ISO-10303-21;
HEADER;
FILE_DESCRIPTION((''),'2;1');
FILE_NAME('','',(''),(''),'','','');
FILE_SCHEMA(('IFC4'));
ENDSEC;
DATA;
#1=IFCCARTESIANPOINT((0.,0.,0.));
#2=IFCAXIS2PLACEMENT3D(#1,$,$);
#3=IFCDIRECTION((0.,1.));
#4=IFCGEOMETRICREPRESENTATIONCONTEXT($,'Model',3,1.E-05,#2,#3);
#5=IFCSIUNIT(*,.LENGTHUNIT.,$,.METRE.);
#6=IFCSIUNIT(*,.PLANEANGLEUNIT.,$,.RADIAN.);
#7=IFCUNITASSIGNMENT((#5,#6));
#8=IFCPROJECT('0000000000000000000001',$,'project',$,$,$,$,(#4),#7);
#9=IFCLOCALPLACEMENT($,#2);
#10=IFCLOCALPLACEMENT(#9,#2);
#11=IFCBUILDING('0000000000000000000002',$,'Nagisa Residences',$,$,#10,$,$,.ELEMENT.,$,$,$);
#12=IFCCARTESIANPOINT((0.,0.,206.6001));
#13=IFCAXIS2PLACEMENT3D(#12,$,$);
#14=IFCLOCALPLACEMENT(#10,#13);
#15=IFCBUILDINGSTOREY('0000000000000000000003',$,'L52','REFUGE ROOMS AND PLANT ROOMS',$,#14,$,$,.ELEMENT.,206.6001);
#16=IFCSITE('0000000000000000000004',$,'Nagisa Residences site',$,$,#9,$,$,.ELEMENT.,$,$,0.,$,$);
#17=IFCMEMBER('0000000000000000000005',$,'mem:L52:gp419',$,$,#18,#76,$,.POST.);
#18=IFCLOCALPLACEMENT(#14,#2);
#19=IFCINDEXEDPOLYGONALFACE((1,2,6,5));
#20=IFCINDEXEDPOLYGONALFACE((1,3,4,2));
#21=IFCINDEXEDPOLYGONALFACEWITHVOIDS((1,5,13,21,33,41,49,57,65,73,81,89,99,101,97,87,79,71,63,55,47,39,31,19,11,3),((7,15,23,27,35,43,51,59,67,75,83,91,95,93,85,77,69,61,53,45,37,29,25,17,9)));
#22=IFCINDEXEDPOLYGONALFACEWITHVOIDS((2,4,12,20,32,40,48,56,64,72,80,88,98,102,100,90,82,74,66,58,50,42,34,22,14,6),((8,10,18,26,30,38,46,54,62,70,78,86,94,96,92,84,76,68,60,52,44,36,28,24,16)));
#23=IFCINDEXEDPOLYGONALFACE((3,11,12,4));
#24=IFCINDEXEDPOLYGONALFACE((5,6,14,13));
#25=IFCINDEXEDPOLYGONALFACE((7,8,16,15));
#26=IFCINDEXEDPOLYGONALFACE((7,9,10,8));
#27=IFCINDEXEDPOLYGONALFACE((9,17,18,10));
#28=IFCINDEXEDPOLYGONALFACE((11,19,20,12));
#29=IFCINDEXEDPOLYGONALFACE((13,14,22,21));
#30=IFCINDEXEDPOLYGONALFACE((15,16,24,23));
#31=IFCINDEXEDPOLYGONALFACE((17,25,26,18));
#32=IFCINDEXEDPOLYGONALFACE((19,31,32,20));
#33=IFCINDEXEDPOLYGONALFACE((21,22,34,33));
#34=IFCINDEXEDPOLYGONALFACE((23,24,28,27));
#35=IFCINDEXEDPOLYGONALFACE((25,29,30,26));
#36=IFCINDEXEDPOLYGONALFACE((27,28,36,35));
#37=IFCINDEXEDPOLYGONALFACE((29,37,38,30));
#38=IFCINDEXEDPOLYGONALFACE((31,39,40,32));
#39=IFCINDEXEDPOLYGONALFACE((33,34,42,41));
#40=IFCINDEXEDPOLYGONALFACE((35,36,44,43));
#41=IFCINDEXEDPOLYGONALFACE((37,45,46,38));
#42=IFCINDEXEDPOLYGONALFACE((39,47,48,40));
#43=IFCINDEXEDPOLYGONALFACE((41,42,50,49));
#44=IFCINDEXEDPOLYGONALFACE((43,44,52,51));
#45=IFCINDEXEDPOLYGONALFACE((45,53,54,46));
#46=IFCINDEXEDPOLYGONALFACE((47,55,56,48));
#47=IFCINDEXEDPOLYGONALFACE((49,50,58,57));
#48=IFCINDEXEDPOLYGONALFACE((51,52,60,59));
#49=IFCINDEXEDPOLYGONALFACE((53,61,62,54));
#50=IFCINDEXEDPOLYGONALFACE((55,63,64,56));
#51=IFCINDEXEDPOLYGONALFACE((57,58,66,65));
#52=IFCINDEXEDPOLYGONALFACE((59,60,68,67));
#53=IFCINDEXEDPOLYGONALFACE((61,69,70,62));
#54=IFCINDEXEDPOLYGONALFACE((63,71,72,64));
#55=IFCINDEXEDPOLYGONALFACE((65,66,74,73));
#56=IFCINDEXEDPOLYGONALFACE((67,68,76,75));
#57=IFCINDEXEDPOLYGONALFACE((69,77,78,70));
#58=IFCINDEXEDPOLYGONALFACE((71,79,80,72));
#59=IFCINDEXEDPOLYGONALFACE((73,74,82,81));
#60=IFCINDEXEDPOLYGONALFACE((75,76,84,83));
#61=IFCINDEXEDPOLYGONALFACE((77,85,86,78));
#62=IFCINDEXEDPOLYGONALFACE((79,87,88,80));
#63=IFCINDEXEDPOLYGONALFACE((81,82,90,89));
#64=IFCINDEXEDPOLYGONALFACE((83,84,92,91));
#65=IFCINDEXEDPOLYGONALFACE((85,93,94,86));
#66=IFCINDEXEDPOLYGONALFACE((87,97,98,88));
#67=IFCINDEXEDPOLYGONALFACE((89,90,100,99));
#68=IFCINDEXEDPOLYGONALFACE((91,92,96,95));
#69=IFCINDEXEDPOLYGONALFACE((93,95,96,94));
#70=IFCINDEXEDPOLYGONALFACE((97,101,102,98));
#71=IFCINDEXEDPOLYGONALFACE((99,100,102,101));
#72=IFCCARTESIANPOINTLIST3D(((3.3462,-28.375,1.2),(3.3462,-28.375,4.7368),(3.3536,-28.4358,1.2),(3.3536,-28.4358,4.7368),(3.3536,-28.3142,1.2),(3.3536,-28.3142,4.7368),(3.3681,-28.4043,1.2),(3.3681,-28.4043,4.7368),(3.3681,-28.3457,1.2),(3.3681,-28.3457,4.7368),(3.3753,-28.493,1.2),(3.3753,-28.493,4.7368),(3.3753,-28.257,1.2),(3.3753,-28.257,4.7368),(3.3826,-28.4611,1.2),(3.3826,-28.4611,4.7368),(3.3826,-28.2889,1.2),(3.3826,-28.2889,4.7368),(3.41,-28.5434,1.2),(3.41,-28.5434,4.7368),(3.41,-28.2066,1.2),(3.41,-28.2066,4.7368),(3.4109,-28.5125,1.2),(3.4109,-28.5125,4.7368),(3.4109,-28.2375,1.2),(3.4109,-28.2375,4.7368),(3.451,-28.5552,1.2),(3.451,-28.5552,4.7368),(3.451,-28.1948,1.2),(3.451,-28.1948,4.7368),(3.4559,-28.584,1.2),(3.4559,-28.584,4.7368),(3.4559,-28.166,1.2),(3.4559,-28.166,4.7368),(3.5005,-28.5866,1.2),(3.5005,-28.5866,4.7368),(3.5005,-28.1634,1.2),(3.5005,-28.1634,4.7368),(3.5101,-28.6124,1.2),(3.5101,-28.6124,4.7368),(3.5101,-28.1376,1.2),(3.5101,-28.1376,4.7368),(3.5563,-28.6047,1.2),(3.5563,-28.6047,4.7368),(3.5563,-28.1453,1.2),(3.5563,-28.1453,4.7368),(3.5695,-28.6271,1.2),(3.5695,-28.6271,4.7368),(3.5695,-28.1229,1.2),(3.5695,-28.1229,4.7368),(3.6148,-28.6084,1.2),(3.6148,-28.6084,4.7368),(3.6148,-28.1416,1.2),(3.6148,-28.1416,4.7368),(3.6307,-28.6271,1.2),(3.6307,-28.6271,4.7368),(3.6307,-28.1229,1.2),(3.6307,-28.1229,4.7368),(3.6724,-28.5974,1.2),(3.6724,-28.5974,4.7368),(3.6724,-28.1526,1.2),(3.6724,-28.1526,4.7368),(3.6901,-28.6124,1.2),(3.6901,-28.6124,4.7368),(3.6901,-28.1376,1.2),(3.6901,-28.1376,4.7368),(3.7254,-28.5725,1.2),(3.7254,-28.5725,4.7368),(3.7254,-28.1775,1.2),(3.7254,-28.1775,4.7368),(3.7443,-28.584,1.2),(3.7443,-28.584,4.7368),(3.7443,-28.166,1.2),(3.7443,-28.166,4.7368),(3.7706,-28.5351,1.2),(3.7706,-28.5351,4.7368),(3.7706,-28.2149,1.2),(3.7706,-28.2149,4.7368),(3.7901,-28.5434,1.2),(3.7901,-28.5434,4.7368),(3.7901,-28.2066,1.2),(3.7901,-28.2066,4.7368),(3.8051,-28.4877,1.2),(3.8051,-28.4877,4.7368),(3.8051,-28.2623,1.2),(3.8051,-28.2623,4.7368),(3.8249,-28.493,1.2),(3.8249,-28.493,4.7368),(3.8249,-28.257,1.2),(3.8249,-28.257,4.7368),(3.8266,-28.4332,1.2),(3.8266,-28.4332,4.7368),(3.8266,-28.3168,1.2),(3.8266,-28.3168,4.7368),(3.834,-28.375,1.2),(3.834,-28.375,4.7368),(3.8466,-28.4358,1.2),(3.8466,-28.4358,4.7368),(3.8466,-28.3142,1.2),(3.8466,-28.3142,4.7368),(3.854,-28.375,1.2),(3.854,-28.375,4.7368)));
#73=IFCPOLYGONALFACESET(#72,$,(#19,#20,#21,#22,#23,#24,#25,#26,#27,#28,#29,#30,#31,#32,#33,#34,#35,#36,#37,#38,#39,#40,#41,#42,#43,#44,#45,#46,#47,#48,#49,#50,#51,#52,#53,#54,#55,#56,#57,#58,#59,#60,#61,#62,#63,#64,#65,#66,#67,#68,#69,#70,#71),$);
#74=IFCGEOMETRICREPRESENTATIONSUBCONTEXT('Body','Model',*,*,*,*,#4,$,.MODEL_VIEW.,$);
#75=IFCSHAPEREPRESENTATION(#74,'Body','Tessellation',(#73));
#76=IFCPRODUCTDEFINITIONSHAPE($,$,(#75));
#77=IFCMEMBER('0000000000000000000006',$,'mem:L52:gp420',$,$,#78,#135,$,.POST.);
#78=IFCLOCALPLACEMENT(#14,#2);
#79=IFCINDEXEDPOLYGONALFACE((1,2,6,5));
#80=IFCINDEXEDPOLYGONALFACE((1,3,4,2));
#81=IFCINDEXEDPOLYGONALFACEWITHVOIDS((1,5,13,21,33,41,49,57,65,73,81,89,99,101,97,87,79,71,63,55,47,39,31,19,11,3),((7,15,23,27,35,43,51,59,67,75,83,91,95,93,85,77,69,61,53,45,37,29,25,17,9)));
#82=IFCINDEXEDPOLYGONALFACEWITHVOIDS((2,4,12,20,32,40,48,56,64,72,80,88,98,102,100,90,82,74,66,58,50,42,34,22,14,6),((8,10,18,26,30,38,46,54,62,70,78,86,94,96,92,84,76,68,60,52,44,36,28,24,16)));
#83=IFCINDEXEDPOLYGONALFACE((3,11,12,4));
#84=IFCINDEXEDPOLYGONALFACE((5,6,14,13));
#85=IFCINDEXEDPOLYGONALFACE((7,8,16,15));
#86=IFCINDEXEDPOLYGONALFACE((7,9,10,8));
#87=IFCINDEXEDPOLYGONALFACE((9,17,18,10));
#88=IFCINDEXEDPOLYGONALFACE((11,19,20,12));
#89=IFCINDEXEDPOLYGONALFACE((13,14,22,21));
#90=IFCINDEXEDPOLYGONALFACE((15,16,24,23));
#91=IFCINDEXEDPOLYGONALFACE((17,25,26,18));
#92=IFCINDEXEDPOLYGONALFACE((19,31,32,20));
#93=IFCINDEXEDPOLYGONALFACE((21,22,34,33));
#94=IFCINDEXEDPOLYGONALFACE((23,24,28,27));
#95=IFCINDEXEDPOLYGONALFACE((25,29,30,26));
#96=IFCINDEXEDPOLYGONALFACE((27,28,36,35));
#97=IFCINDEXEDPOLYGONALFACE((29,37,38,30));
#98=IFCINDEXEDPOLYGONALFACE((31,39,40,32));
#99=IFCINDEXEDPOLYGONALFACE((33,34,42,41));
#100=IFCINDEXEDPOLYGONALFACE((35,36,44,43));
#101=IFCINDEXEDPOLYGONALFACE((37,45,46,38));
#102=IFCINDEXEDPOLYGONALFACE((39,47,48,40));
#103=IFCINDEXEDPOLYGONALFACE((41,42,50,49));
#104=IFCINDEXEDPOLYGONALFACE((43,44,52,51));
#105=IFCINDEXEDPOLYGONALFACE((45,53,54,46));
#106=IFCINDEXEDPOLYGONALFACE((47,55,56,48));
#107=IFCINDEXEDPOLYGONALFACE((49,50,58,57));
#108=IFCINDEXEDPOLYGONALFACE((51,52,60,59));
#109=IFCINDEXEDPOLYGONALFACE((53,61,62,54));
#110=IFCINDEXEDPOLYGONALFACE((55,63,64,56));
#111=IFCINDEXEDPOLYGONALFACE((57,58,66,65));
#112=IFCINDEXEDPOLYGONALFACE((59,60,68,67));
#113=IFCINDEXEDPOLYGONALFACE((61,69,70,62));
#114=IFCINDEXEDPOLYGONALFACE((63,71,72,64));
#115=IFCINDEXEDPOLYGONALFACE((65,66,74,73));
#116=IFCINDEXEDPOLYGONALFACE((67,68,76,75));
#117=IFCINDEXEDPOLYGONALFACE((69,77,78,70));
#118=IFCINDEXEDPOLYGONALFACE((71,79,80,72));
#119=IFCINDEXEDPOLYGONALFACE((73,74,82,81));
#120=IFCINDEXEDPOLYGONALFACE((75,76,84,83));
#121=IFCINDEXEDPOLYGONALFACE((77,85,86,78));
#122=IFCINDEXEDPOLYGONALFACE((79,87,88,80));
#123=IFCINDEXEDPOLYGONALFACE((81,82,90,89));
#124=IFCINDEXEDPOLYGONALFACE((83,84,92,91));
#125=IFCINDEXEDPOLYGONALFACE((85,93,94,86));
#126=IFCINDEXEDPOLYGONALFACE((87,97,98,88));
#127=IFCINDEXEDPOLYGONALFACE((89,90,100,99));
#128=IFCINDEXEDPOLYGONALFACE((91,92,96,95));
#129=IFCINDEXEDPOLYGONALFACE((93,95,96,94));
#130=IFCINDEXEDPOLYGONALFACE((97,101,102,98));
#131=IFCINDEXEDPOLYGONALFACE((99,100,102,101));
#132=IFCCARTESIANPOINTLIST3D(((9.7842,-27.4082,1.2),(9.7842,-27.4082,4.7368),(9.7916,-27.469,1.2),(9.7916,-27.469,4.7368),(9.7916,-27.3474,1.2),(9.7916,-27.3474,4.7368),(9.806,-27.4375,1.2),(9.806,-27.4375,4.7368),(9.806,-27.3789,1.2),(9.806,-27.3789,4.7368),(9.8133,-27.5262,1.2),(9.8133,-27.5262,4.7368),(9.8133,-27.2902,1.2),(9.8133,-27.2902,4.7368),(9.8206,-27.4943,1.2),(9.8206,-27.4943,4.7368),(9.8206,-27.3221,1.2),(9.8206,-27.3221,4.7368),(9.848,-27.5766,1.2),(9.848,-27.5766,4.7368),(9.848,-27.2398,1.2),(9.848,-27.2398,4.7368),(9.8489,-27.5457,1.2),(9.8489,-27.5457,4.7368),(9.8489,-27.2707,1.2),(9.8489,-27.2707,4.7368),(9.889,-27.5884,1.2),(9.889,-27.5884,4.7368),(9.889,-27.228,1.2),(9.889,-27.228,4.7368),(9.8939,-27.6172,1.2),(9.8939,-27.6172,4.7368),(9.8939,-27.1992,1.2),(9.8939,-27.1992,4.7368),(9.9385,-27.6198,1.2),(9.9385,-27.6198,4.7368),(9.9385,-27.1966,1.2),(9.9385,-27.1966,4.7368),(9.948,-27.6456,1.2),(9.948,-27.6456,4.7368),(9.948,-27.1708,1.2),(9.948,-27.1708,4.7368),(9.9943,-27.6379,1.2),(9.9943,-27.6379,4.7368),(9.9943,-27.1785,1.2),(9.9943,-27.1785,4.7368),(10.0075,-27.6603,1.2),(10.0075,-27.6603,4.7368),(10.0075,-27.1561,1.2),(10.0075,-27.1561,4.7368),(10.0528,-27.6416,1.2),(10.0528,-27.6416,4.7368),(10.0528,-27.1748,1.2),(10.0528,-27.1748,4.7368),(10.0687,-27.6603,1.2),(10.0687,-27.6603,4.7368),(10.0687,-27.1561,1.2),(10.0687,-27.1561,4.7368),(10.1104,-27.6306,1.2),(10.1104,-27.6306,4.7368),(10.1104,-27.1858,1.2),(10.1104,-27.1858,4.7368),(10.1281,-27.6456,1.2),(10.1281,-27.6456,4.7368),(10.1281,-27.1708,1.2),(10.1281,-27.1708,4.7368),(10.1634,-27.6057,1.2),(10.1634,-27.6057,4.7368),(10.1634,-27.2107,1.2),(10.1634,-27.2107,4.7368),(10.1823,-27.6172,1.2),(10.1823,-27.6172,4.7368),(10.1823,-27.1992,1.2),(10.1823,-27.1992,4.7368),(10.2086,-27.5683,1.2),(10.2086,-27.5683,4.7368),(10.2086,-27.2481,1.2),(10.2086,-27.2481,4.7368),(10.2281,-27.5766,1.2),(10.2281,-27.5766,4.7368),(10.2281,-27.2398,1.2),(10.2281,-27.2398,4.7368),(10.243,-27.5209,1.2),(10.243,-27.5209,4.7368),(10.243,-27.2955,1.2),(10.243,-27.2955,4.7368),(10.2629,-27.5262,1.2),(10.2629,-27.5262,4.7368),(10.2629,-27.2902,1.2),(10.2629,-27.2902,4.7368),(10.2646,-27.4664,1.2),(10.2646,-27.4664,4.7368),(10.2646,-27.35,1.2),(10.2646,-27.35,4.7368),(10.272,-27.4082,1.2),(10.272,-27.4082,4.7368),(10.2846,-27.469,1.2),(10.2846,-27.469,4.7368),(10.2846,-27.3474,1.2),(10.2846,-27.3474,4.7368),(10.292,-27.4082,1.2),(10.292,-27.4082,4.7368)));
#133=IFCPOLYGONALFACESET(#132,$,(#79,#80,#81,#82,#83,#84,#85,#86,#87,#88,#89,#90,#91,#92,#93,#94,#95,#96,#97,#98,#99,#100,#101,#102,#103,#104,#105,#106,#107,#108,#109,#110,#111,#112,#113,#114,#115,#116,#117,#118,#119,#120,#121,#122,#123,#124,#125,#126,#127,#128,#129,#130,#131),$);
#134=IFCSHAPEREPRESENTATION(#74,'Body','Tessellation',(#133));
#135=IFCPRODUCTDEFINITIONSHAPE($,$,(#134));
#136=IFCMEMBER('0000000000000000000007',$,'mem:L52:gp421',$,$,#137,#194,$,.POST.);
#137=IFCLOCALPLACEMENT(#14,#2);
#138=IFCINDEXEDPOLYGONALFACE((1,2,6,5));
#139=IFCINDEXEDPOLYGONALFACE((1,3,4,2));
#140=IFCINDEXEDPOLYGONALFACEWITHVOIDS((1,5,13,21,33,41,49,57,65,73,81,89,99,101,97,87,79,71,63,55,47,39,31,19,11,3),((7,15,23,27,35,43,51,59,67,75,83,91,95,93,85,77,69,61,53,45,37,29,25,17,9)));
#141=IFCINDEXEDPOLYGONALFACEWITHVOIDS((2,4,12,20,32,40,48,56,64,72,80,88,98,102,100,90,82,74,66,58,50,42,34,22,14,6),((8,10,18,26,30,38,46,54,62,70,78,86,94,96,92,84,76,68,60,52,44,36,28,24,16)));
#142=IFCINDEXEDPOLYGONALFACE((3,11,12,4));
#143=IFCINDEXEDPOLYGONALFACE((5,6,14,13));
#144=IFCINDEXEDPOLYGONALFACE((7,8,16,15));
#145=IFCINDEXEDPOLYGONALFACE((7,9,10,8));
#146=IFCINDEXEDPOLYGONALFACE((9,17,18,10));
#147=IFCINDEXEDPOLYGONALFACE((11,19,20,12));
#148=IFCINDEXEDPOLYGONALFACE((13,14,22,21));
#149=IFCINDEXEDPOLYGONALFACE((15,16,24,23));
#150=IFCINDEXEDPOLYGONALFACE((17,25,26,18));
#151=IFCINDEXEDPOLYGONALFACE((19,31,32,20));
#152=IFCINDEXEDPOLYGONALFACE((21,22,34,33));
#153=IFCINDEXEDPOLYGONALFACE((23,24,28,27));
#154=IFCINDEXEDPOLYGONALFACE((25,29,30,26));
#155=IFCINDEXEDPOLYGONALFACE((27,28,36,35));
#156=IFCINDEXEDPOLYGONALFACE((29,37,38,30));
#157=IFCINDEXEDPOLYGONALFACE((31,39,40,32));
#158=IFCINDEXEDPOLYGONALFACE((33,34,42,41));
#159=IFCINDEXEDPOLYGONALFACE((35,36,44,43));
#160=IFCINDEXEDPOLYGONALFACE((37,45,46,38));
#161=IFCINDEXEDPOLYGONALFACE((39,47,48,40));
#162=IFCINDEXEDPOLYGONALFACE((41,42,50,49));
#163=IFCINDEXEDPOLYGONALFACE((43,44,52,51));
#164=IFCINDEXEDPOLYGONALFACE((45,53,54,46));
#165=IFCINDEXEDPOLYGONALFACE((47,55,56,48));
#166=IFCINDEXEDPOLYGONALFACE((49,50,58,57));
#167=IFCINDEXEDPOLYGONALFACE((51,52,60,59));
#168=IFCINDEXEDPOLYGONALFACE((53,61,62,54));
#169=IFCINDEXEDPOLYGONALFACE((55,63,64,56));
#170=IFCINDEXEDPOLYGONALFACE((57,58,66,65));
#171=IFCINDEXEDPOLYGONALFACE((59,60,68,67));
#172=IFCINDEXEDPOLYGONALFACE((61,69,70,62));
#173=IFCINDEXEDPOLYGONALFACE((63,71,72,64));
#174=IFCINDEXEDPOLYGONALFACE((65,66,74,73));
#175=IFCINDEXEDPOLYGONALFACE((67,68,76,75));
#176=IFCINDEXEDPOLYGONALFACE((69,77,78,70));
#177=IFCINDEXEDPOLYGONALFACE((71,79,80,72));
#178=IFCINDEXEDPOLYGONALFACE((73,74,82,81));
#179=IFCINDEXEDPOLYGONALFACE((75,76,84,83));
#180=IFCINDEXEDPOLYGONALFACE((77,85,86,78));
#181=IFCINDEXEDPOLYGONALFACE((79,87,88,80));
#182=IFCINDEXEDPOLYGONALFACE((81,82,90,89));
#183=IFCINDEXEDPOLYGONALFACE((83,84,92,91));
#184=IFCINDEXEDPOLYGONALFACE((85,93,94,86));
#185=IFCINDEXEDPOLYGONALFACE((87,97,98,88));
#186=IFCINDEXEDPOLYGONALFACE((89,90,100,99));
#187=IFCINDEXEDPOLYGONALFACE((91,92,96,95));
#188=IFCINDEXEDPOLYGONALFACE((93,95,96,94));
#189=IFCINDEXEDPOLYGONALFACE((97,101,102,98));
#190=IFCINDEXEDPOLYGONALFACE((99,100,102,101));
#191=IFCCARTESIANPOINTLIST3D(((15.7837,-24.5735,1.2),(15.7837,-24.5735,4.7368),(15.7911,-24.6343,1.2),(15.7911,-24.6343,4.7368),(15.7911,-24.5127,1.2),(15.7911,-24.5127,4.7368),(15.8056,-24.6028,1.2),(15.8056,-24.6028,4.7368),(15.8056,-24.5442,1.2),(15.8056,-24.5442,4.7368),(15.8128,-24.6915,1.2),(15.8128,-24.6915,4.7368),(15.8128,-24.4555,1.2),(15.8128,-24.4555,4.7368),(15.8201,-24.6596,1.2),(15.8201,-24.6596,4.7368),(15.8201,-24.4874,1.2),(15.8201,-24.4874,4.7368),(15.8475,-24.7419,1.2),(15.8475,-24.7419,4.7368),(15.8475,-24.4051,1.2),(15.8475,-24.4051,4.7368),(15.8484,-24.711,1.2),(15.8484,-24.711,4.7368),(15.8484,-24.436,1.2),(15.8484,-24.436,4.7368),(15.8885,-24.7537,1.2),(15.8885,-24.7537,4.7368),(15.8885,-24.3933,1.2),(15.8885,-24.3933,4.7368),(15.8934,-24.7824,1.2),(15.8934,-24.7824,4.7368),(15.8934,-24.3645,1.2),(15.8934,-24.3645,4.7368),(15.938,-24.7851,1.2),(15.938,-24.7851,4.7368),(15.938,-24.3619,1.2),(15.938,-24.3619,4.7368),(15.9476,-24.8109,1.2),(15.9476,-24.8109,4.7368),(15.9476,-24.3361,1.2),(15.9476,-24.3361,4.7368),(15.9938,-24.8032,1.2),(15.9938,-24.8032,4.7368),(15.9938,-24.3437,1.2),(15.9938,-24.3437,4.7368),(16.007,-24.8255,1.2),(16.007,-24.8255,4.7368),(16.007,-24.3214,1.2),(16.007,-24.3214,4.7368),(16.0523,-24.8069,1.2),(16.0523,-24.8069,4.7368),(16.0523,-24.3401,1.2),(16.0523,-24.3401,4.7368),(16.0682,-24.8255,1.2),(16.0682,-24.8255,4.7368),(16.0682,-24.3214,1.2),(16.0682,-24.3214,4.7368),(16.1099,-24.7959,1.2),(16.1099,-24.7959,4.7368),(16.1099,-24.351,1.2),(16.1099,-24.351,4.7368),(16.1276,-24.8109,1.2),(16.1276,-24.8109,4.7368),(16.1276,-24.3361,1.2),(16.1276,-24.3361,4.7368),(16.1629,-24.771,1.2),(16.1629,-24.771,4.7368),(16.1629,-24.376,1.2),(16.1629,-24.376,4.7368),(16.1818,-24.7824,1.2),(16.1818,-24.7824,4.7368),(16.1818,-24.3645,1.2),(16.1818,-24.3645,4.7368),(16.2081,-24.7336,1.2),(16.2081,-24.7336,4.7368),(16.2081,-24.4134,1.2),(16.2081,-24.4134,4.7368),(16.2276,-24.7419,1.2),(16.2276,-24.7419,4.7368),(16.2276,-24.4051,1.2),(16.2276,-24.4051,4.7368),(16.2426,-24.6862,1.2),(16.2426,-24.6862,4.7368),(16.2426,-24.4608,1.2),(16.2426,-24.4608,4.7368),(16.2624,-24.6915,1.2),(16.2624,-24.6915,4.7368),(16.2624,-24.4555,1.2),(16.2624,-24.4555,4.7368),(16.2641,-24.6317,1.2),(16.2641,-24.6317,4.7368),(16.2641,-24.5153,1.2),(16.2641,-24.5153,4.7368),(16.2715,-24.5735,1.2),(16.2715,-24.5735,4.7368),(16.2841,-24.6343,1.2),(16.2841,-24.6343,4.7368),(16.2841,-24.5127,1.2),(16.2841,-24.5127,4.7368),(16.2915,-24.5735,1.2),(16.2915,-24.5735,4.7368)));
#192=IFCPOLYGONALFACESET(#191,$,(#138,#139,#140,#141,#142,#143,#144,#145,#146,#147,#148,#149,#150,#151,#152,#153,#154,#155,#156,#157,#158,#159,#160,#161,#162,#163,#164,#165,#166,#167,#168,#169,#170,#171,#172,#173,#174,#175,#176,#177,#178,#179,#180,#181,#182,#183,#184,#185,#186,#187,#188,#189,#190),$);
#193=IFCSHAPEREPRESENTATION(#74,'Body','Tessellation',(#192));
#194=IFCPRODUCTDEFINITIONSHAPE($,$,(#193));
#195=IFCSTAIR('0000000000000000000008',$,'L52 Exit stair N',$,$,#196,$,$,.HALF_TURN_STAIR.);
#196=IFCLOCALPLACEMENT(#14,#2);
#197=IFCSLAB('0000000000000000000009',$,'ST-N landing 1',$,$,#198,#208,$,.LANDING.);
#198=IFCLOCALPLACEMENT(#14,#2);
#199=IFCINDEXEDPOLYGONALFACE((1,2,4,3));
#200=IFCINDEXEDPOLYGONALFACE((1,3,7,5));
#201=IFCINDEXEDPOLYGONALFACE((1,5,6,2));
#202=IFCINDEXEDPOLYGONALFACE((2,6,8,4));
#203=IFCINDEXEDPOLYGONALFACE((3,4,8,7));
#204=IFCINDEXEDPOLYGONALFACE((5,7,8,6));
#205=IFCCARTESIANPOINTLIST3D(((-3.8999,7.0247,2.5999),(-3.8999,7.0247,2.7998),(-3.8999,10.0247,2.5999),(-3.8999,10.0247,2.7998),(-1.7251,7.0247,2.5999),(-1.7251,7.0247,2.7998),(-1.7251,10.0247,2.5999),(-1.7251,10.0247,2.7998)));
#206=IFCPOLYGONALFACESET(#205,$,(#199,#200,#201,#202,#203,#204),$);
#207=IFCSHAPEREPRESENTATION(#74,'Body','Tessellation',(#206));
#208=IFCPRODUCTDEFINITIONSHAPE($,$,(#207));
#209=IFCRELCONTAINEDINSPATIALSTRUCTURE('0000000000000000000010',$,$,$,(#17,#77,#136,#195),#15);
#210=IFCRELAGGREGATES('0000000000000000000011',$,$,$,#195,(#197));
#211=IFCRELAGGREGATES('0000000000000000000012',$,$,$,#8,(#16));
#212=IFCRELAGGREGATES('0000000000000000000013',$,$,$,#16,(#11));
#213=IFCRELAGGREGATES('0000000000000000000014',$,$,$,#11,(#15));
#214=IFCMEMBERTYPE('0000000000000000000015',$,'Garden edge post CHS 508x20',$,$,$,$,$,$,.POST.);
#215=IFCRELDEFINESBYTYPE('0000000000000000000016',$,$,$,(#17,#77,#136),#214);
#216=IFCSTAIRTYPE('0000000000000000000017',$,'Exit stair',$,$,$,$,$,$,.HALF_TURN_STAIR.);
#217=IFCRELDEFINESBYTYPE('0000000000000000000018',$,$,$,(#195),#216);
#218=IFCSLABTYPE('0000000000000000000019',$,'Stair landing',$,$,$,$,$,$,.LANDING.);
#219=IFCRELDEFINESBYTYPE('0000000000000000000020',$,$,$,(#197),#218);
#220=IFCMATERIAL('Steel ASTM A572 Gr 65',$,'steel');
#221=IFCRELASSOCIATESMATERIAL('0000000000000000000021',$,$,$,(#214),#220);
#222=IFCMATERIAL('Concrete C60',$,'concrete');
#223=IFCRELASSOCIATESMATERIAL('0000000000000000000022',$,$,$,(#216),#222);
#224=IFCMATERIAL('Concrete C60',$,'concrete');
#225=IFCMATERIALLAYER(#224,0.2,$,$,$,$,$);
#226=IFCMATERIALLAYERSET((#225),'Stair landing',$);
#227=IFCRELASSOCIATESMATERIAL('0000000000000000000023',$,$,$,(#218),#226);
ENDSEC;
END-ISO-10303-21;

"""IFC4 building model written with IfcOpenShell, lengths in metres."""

from ifc_helpers import new_model, si_unit, direction, frame, origin, origin_2d, place, context, subcontext, project, spatial, polyline, hollow_circle, outline, extrude, material, layer, layer_set, material_profile, profile_set, type_object, element, aggregate, save


model = new_model("IFC4")

# Units and contexts
model_context = context("Model", 3, precision=1e-05, world=origin(), true_north=direction((0.0, 1.0)))
body_context = subcontext(model_context, "Body", "Model", "MODEL_VIEW")
ifc_project = project(units=[si_unit("LENGTHUNIT", "METRE"), si_unit("PLANEANGLEUNIT", "RADIAN")], contexts=[model_context])

# Site, building, storey
site_placement = place(None, origin())
site = spatial("IfcSite", under=ifc_project, at=site_placement, Name="Nagisa Residences site", CompositionType="ELEMENT", RefElevation=0.0)
building_placement = place(site_placement, origin())
building = spatial("IfcBuilding", under=site, at=building_placement, Name="Nagisa Residences", CompositionType="ELEMENT")
storey_placement = place(building_placement, frame((0.0, 0.0, 206.6001)))
storey = spatial("IfcBuildingStorey", under=building, at=storey_placement, Name="L52", Description="REFUGE ROOMS AND PLANT ROOMS", CompositionType="ELEMENT", Elevation=206.6001)

# Members
ifc_material_1 = material(Name="Steel ASTM A572 Gr 65", Category="steel")
ifc_material_profile_1 = material_profile(ifc_material_1, hollow_circle(Radius=0.2539, WallThickness=0.02, at=origin_2d()), Name="CHS 508x20")
ifc_profile_set_1 = profile_set([ifc_material_profile_1], Name="Steel ASTM A572 Gr 65")
member_type_1 = type_object("IfcMemberType", Name="Garden edge post CHS 508x20", PredefinedType="POST", material=ifc_profile_set_1)
for number, where, z_axis, x_axis, name in (
    (1, (3.6001, -28.375, 1.2), (0.0, 0.0, 1.0), (1.0, 0.0, 0.0), "mem:L52:gp419"),
    (2, (10.0381, -27.4082, 1.2), (0.0, 0.0, 1.0), (1.0, 0.0, 0.0), "mem:L52:gp420"),
    (3, (16.0376, -24.5735, 1.2), (0.0, 0.0, 1.0), (1.0, 0.0, 0.0), "mem:L52:gp421"),
):
    element("IfcMember", number, at=place(storey_placement, frame(where, z_axis=z_axis, x_axis=x_axis)), inside=storey, type_object=member_type_1, Name=name, PredefinedType="POST", context=body_context, shape_type="SweptSolid", body=[
        extrude(hollow_circle(Radius=0.2539, WallThickness=0.02, at=origin_2d()), origin(), (0.0, 0.0, 1.0), 3.5369),
    ])

# Stair, slab
ifc_material_2 = material(Name="Concrete C60", Category="concrete")
stair_type = type_object("IfcStairType", Name="Exit stair", PredefinedType="HALF_TURN_STAIR", material=ifc_material_2)
stair_1_placement = place(storey_placement, origin())
stair_1 = element("IfcStair", 4, at=stair_1_placement, inside=storey, type_object=stair_type, Name="L52 Exit stair N", PredefinedType="HALF_TURN_STAIR")
ifc_material_3 = material(Name="Concrete C60", Category="concrete")
ifc_layer_1 = layer(ifc_material_3, 0.2)
ifc_layer_set_1 = layer_set([ifc_layer_1], Name="Stair landing")
slab_type = type_object("IfcSlabType", Name="Stair landing", PredefinedType="LANDING", material=ifc_layer_set_1)
slab_1_placement = place(storey_placement, frame((0.0, 0.0, 2.5999)))
slab_1 = element("IfcSlab", 5, at=slab_1_placement, type_object=slab_type, Name="ST-N landing 1", PredefinedType="LANDING", context=body_context, shape_type="SweptSolid", body=[
    extrude(outline(polyline([(-1.7251, 10.0247), (-3.8999, 10.0247), (-3.8999, 7.0247), (-1.7251, 7.0247), (-1.7251, 10.0247)])), origin(), (0.0, 0.0, 1.0), 0.2),
])
aggregate(stair_1, [slab_1])

save(model, "model.ifc")
